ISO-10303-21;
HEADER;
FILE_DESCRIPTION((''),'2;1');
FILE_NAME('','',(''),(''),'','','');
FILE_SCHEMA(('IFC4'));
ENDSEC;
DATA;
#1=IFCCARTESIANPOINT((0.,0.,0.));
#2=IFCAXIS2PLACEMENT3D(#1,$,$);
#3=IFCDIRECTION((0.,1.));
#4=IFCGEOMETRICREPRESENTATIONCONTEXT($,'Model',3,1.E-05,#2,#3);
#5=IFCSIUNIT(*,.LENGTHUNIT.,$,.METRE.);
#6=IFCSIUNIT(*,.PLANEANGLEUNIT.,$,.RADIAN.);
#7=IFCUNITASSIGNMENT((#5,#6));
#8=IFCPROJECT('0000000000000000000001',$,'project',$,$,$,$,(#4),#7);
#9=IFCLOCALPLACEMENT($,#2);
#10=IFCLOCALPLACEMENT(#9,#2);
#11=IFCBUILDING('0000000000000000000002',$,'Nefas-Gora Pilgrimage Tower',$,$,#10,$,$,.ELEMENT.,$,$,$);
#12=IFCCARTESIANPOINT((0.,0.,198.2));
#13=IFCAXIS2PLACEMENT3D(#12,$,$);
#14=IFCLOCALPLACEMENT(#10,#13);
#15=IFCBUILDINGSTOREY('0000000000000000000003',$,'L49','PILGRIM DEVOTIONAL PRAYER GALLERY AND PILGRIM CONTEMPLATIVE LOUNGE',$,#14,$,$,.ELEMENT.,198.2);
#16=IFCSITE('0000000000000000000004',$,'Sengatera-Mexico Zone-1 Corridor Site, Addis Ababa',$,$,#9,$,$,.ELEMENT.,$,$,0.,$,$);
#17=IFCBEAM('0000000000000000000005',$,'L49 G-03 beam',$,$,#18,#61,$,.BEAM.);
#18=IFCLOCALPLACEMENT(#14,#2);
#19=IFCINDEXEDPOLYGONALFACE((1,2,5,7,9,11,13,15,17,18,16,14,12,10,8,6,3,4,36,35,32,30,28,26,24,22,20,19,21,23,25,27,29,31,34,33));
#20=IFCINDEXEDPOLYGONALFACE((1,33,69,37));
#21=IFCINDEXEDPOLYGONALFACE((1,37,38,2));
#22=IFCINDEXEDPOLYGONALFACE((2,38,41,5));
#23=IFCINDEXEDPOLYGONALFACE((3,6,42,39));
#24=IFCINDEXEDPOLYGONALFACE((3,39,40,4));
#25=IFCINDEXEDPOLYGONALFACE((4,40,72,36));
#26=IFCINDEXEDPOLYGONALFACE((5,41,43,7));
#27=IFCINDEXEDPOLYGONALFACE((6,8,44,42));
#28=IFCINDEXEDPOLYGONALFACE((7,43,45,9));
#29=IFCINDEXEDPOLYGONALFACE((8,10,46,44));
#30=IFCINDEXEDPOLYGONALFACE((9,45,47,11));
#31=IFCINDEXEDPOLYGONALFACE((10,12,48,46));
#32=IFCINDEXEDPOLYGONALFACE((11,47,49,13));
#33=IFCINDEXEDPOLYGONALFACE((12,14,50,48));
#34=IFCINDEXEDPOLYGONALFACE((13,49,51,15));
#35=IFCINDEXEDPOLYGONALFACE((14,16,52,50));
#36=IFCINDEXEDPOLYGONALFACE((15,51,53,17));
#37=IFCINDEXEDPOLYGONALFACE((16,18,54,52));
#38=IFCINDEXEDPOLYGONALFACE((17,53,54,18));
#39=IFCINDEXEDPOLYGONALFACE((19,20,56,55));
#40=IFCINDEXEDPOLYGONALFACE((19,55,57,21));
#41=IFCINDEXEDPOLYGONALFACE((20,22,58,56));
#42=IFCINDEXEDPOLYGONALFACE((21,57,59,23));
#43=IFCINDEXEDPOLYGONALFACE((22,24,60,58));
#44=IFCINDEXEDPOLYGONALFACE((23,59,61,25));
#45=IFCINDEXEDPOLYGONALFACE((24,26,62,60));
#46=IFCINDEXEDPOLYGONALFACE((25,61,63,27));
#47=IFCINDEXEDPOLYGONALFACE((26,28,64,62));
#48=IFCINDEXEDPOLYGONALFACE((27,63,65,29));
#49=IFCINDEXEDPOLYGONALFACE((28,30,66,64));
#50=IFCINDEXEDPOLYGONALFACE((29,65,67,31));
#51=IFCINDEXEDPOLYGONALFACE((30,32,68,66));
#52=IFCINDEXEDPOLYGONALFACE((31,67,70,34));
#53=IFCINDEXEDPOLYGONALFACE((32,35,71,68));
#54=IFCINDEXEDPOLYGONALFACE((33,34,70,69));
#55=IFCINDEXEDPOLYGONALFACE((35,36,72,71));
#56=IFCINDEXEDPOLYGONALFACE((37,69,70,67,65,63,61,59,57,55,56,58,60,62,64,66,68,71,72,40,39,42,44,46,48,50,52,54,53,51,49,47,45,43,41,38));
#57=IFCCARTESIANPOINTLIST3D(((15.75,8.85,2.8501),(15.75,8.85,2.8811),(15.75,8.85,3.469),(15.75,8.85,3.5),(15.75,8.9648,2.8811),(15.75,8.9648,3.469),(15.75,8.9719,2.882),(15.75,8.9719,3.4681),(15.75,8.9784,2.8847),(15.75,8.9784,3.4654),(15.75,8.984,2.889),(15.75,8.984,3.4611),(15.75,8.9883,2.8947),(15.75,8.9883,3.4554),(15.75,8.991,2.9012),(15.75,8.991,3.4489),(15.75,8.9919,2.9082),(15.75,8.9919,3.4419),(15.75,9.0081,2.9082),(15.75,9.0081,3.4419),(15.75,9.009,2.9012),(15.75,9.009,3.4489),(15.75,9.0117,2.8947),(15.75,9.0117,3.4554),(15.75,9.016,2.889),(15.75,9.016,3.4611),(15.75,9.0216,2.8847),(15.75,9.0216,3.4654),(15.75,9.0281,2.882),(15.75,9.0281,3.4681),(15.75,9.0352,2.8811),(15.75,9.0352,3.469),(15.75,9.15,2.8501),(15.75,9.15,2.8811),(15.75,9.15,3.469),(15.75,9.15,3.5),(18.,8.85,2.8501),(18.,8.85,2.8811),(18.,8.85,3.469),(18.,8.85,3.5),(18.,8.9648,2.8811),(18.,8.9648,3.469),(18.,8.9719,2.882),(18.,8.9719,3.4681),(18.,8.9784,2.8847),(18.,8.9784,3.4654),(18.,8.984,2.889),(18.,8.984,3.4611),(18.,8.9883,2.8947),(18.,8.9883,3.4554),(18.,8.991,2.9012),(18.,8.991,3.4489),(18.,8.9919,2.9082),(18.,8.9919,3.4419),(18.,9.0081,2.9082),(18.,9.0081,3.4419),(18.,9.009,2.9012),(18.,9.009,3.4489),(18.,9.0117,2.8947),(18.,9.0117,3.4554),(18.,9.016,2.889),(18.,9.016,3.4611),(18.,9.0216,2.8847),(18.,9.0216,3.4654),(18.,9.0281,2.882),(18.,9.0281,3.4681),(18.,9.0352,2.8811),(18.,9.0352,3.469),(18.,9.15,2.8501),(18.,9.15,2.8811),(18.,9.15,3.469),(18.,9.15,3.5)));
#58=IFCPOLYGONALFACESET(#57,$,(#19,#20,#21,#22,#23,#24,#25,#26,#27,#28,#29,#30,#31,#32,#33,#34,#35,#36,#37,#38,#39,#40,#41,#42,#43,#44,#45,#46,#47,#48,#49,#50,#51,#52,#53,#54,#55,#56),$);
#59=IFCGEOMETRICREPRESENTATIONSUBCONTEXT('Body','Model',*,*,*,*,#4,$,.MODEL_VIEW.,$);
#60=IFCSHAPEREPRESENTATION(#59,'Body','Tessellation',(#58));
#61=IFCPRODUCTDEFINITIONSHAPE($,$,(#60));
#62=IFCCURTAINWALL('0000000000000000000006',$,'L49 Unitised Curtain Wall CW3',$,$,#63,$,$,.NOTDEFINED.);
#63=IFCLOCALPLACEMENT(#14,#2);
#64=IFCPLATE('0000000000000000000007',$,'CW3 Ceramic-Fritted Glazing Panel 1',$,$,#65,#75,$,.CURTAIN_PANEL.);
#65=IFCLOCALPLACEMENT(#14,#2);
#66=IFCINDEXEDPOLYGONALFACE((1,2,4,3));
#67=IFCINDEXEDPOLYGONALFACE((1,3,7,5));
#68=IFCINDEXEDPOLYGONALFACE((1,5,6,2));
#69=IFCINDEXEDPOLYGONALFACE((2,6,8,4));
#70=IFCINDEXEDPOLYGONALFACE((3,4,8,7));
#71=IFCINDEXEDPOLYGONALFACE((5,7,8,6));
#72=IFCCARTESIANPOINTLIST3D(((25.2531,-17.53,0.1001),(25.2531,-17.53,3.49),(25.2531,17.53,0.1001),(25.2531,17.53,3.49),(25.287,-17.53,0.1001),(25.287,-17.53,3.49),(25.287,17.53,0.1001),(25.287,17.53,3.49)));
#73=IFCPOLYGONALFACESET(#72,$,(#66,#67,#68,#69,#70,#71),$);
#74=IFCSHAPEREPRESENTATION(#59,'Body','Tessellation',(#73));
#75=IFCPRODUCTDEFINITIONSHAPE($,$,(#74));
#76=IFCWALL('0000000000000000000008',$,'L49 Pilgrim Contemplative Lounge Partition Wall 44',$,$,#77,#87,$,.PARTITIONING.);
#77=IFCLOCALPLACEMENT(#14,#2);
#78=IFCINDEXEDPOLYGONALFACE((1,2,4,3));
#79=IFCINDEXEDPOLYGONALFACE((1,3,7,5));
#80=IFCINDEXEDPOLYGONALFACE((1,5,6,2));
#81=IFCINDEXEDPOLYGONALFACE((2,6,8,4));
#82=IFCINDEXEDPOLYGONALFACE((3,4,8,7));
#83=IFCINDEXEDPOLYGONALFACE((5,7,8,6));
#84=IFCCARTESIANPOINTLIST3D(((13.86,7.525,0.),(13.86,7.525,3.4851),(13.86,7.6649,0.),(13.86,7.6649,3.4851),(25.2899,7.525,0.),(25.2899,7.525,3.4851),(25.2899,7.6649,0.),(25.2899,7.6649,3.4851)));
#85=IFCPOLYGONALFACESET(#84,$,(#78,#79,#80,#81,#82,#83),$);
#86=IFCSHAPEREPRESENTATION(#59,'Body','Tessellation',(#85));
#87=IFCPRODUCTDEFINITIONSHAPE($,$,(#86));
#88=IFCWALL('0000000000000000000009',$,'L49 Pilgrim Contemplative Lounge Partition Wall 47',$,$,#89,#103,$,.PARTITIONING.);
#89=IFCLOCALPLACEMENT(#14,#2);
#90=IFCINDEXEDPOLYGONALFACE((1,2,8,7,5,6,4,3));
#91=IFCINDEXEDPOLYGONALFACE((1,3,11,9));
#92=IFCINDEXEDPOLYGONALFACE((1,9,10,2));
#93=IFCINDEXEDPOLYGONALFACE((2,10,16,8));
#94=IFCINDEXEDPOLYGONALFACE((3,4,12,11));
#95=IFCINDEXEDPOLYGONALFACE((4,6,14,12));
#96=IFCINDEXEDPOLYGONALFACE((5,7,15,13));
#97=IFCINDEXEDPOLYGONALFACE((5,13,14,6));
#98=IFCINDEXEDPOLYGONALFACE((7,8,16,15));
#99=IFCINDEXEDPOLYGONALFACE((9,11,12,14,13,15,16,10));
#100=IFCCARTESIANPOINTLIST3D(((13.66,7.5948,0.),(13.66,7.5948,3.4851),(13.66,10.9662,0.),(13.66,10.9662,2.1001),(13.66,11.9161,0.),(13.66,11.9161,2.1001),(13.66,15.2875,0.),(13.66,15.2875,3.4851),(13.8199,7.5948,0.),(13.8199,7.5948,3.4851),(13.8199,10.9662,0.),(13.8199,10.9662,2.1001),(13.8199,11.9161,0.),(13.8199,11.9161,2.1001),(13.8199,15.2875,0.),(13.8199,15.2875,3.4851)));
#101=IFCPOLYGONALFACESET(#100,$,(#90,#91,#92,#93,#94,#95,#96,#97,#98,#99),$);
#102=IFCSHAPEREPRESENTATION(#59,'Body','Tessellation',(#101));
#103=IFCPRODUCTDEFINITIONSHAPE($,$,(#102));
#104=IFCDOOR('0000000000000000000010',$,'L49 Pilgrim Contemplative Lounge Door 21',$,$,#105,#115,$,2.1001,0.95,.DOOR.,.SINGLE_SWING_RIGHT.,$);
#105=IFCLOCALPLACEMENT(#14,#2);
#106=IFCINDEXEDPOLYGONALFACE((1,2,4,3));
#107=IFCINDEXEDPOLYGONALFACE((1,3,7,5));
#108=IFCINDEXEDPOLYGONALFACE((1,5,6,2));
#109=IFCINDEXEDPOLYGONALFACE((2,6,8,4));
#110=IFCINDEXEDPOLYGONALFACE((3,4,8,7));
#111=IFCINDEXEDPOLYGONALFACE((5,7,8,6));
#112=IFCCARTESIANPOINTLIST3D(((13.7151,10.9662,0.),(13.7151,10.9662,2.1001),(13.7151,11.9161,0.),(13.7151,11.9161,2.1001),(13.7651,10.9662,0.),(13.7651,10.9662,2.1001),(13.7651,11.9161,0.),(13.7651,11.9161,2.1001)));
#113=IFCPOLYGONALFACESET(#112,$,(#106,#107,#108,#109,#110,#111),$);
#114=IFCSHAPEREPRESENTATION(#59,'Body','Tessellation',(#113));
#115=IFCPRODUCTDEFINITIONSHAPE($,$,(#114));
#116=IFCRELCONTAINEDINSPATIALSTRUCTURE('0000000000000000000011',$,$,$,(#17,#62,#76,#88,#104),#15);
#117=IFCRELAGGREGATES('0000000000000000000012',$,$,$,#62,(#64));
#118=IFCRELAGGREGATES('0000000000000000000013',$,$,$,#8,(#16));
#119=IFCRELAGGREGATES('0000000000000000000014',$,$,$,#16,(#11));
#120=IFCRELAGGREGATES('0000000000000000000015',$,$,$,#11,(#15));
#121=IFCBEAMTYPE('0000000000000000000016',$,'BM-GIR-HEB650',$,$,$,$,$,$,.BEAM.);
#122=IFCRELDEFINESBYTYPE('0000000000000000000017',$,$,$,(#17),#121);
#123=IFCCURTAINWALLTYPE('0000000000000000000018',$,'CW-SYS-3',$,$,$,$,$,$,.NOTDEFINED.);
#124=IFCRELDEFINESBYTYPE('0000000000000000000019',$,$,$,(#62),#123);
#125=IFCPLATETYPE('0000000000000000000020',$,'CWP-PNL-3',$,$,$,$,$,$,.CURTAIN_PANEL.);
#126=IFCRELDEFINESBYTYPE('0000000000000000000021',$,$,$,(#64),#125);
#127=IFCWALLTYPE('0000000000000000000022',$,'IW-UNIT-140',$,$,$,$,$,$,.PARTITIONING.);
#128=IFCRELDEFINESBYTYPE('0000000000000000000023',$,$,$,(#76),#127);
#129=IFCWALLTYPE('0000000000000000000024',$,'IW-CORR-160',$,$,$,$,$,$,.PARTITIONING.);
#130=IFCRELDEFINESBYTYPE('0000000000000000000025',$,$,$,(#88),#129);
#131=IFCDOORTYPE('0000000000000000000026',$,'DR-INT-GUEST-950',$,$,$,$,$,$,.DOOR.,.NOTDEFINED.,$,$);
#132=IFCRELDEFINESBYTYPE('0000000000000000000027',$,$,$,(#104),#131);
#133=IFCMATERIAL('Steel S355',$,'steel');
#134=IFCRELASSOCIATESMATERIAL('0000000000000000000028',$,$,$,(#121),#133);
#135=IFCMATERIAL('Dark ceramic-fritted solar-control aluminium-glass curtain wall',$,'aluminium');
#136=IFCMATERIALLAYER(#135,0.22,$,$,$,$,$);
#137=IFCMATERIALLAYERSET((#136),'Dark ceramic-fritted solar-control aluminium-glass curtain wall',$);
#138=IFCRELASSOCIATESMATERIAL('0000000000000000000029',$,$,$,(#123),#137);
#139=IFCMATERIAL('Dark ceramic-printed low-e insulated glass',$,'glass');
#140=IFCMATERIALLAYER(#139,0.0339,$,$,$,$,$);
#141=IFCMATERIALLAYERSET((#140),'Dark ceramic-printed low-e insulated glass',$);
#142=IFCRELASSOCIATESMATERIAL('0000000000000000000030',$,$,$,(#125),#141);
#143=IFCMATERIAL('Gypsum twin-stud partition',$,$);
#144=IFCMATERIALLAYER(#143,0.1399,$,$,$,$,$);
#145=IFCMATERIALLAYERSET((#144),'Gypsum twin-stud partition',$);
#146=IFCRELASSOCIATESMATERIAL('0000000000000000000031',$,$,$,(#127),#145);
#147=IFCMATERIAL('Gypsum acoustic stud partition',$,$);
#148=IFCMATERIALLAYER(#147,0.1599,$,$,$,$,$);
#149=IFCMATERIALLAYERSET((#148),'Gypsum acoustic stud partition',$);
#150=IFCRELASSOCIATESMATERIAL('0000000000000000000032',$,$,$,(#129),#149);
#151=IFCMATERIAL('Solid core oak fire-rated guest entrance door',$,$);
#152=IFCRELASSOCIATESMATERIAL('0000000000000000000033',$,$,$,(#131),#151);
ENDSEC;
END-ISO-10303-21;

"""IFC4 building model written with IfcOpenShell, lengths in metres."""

from ifc_helpers import new_model, si_unit, direction, frame, frame_2d, origin, origin_2d, place, context, subcontext, project, spatial, rectangle, i_section, extrude, source, transform, mapped, material, layer, layer_set, material_profile, profile_set, type_object, element, fill, aggregate, save


model = new_model("IFC4")

# Units and contexts
model_context = context("Model", 3, precision=1e-05, world=origin(), true_north=direction((0.0, 1.0)))
body_context = subcontext(model_context, "Body", "Model", "MODEL_VIEW")
ifc_project = project(units=[si_unit("LENGTHUNIT", "METRE"), si_unit("PLANEANGLEUNIT", "RADIAN")], contexts=[model_context])

# Site, building, storey
site_placement = place(None, origin())
site = spatial("IfcSite", under=ifc_project, at=site_placement, Name="Sengatera-Mexico Zone-1 Corridor Site, Addis Ababa", CompositionType="ELEMENT", RefElevation=0.0)
building_placement = place(site_placement, origin())
building = spatial("IfcBuilding", under=site, at=building_placement, Name="Nefas-Gora Pilgrimage Tower", CompositionType="ELEMENT")
storey_placement = place(building_placement, frame((0.0, 0.0, 198.2)))
storey = spatial("IfcBuildingStorey", under=building, at=storey_placement, Name="L49", Description="PILGRIM DEVOTIONAL PRAYER GALLERY AND PILGRIM CONTEMPLATIVE LOUNGE", CompositionType="ELEMENT", Elevation=198.2)

# Beam
ifc_material_1 = material(Name="Steel S355", Category="steel")
ifc_material_profile_1 = material_profile(ifc_material_1, i_section(OverallWidth=0.3, OverallDepth=0.6499, WebThickness=0.0161, FlangeThickness=0.031, FilletRadius=0.0271, at=origin_2d()), Name="HEB 650")
ifc_profile_set_1 = profile_set([ifc_material_profile_1], Name="Steel S355")
beam_type_1 = type_object("IfcBeamType", Name="BM-GIR-HEB650", PredefinedType="BEAM", material=ifc_profile_set_1)
shared_shape_1 = source(origin(), body_context, "Body", "SweptSolid", [
    extrude(i_section(OverallWidth=0.3, OverallDepth=0.6499, WebThickness=0.0161, FlangeThickness=0.031, FilletRadius=0.0271, at=origin_2d()), origin(), (0.0, 0.0, 1.0), 2.25),
])
for number, where, z_axis, x_axis, name in (
    (1, (15.75, 9.0, 3.175), (1.0, 0.0, 0.0), (0.0, 1.0, 0.0), "L49 G-03 beam"),
):
    element("IfcBeam", number, at=place(storey_placement, frame(where, z_axis=z_axis, x_axis=x_axis)), inside=storey, type_object=beam_type_1, Name=name, PredefinedType="BEAM", context=body_context, shape_type="MappedRepresentation", body=[
        mapped(shared_shape_1, transform((0.0, 0.0, 0.0), x_axis=(1.0, 0.0, 0.0), y_axis=(0.0, 1.0, 0.0), z_axis=(0.0, 0.0, 1.0), scale=1.0)),
    ])

# Curtain wall, plate
ifc_material_2 = material(Name="Dark ceramic-fritted solar-control aluminium-glass curtain wall", Category="aluminium")
ifc_layer_1 = layer(ifc_material_2, 0.22)
ifc_layer_set_1 = layer_set([ifc_layer_1], Name="Dark ceramic-fritted solar-control aluminium-glass curtain wall")
curtain_wall_type = type_object("IfcCurtainWallType", Name="CW-SYS-3", PredefinedType="NOTDEFINED", material=ifc_layer_set_1)
curtain_wall_placement = place(storey_placement, origin())
curtain_wall = element("IfcCurtainWall", 2, at=curtain_wall_placement, inside=storey, type_object=curtain_wall_type, Name="L49 Unitised Curtain Wall CW3", PredefinedType="NOTDEFINED")
ifc_material_3 = material(Name="Dark ceramic-printed low-e insulated glass", Category="glass")
ifc_layer_2 = layer(ifc_material_3, 0.0339)
ifc_layer_set_2 = layer_set([ifc_layer_2], Name="Dark ceramic-printed low-e insulated glass")
plate_type = type_object("IfcPlateType", Name="CWP-PNL-3", PredefinedType="CURTAIN_PANEL", material=ifc_layer_set_2)
shared_shape_2 = source(origin(), body_context, "Body", "SweptSolid", [
    extrude(rectangle(XDim=35.0601, YDim=0.0339, at=origin_2d()), origin(), (0.0, 0.0, 1.0), 3.3899),
])
plate_placement = place(storey_placement, frame((25.27, 0.0, 0.1001), z_axis=(0.0, 0.0, 1.0), x_axis=(0.0, 1.0, 0.0)))
plate = element("IfcPlate", 3, at=plate_placement, type_object=plate_type, Name="CW3 Ceramic-Fritted Glazing Panel 1", PredefinedType="CURTAIN_PANEL", context=body_context, shape_type="MappedRepresentation", body=[
    mapped(shared_shape_2, transform((0.0, 0.0, 0.0), x_axis=(1.0, 0.0, 0.0), y_axis=(0.0, 1.0, 0.0), z_axis=(0.0, 0.0, 1.0), scale=1.0)),
])
aggregate(curtain_wall, [plate])

# Wall
ifc_material_4 = material(Name="Gypsum twin-stud partition")
ifc_layer_3 = layer(ifc_material_4, 0.1399)
ifc_layer_set_3 = layer_set([ifc_layer_3], Name="Gypsum twin-stud partition")
wall_type_1 = type_object("IfcWallType", Name="IW-UNIT-140", PredefinedType="PARTITIONING", material=ifc_layer_set_3)
shared_shape_3 = source(origin(), body_context, "Body", "SweptSolid", [
    extrude(rectangle(XDim=11.4299, YDim=0.1399, at=frame_2d((5.7148, 0.0))), origin(), (0.0, 0.0, 1.0), 3.4851),
])
wall_1_placement = place(storey_placement, frame((13.8601, 7.595, 0.0), z_axis=(0.0, 0.0, 1.0), x_axis=(1.0, 0.0, 0.0)))
element("IfcWall", 4, at=wall_1_placement, inside=storey, type_object=wall_type_1, Name="L49 Pilgrim Contemplative Lounge Partition Wall 44", PredefinedType="PARTITIONING", context=body_context, shape_type="MappedRepresentation", body=[
    mapped(shared_shape_3, transform((0.0, 0.0, 0.0), x_axis=(1.0, 0.0, 0.0), y_axis=(0.0, 1.0, 0.0), z_axis=(0.0, 0.0, 1.0), scale=1.0)),
])

# Wall, opening, door
ifc_material_5 = material(Name="Gypsum acoustic stud partition")
ifc_layer_4 = layer(ifc_material_5, 0.1599)
ifc_layer_set_4 = layer_set([ifc_layer_4], Name="Gypsum acoustic stud partition")
wall_type_2 = type_object("IfcWallType", Name="IW-CORR-160", PredefinedType="PARTITIONING", material=ifc_layer_set_4)
shared_shape_4 = source(origin(), body_context, "Body", "SweptSolid", [
    extrude(rectangle(XDim=7.6926, YDim=0.1599, at=frame_2d((3.8462, 0.0))), origin(), (0.0, 0.0, 1.0), 3.4851),
])
wall_2_placement = place(storey_placement, frame((13.74, 7.595, 0.0), z_axis=(0.0, 0.0, 1.0), x_axis=(0.0, 1.0, 0.0)))
wall_2 = element("IfcWall", 5, at=wall_2_placement, inside=storey, type_object=wall_type_2, Name="L49 Pilgrim Contemplative Lounge Partition Wall 47", PredefinedType="PARTITIONING", context=body_context, shape_type="MappedRepresentation", body=[
    mapped(shared_shape_4, transform((0.0, 0.0, 0.0), x_axis=(1.0, 0.0, 0.0), y_axis=(0.0, 1.0, 0.0), z_axis=(0.0, 0.0, 1.0), scale=1.0)),
])
opening_placement = place(wall_2_placement, frame((3.3711, 0.0, 0.0)))
opening = element("IfcOpeningElement", 6, at=opening_placement, cuts=wall_2, PredefinedType="OPENING", context=body_context, shape_type="SweptSolid", body=[
    extrude(rectangle(XDim=0.95, YDim=2.1001, at=frame_2d((0.4751, 1.05))), frame((0.0, 0.0898, 0.0), z_axis=(0.0, -1.0, 0.0), x_axis=(1.0, 0.0, 0.0)), (0.0, 0.0, 1.0), 0.1799),
])
ifc_material_6 = material(Name="Solid core oak fire-rated guest entrance door")
door_type = type_object("IfcDoorType", Name="DR-INT-GUEST-950", OperationType="NOTDEFINED", PredefinedType="DOOR", material=ifc_material_6)
shared_shape_5 = source(origin(), body_context, "Body", "SweptSolid", [
    extrude(rectangle(XDim=0.95, YDim=2.1001, at=frame_2d((0.4751, 1.05))), frame((0.0, 0.0249, 0.0), z_axis=(0.0, -1.0, 0.0), x_axis=(1.0, 0.0, 0.0)), (0.0, 0.0, 1.0), 0.05),
])
door_placement = place(opening_placement, origin())
door = element("IfcDoor", 7, at=door_placement, inside=storey, type_object=door_type, Name="L49 Pilgrim Contemplative Lounge Door 21", OperationType="SINGLE_SWING_RIGHT", OverallHeight=2.1001, OverallWidth=0.95, PredefinedType="DOOR", context=body_context, shape_type="MappedRepresentation", body=[
    mapped(shared_shape_5, transform((0.0, 0.0, 0.0), x_axis=(1.0, 0.0, 0.0), y_axis=(0.0, 1.0, 0.0), z_axis=(0.0, 0.0, 1.0), scale=1.0)),
])
fill(opening, door)

save(model, "model.ifc")
